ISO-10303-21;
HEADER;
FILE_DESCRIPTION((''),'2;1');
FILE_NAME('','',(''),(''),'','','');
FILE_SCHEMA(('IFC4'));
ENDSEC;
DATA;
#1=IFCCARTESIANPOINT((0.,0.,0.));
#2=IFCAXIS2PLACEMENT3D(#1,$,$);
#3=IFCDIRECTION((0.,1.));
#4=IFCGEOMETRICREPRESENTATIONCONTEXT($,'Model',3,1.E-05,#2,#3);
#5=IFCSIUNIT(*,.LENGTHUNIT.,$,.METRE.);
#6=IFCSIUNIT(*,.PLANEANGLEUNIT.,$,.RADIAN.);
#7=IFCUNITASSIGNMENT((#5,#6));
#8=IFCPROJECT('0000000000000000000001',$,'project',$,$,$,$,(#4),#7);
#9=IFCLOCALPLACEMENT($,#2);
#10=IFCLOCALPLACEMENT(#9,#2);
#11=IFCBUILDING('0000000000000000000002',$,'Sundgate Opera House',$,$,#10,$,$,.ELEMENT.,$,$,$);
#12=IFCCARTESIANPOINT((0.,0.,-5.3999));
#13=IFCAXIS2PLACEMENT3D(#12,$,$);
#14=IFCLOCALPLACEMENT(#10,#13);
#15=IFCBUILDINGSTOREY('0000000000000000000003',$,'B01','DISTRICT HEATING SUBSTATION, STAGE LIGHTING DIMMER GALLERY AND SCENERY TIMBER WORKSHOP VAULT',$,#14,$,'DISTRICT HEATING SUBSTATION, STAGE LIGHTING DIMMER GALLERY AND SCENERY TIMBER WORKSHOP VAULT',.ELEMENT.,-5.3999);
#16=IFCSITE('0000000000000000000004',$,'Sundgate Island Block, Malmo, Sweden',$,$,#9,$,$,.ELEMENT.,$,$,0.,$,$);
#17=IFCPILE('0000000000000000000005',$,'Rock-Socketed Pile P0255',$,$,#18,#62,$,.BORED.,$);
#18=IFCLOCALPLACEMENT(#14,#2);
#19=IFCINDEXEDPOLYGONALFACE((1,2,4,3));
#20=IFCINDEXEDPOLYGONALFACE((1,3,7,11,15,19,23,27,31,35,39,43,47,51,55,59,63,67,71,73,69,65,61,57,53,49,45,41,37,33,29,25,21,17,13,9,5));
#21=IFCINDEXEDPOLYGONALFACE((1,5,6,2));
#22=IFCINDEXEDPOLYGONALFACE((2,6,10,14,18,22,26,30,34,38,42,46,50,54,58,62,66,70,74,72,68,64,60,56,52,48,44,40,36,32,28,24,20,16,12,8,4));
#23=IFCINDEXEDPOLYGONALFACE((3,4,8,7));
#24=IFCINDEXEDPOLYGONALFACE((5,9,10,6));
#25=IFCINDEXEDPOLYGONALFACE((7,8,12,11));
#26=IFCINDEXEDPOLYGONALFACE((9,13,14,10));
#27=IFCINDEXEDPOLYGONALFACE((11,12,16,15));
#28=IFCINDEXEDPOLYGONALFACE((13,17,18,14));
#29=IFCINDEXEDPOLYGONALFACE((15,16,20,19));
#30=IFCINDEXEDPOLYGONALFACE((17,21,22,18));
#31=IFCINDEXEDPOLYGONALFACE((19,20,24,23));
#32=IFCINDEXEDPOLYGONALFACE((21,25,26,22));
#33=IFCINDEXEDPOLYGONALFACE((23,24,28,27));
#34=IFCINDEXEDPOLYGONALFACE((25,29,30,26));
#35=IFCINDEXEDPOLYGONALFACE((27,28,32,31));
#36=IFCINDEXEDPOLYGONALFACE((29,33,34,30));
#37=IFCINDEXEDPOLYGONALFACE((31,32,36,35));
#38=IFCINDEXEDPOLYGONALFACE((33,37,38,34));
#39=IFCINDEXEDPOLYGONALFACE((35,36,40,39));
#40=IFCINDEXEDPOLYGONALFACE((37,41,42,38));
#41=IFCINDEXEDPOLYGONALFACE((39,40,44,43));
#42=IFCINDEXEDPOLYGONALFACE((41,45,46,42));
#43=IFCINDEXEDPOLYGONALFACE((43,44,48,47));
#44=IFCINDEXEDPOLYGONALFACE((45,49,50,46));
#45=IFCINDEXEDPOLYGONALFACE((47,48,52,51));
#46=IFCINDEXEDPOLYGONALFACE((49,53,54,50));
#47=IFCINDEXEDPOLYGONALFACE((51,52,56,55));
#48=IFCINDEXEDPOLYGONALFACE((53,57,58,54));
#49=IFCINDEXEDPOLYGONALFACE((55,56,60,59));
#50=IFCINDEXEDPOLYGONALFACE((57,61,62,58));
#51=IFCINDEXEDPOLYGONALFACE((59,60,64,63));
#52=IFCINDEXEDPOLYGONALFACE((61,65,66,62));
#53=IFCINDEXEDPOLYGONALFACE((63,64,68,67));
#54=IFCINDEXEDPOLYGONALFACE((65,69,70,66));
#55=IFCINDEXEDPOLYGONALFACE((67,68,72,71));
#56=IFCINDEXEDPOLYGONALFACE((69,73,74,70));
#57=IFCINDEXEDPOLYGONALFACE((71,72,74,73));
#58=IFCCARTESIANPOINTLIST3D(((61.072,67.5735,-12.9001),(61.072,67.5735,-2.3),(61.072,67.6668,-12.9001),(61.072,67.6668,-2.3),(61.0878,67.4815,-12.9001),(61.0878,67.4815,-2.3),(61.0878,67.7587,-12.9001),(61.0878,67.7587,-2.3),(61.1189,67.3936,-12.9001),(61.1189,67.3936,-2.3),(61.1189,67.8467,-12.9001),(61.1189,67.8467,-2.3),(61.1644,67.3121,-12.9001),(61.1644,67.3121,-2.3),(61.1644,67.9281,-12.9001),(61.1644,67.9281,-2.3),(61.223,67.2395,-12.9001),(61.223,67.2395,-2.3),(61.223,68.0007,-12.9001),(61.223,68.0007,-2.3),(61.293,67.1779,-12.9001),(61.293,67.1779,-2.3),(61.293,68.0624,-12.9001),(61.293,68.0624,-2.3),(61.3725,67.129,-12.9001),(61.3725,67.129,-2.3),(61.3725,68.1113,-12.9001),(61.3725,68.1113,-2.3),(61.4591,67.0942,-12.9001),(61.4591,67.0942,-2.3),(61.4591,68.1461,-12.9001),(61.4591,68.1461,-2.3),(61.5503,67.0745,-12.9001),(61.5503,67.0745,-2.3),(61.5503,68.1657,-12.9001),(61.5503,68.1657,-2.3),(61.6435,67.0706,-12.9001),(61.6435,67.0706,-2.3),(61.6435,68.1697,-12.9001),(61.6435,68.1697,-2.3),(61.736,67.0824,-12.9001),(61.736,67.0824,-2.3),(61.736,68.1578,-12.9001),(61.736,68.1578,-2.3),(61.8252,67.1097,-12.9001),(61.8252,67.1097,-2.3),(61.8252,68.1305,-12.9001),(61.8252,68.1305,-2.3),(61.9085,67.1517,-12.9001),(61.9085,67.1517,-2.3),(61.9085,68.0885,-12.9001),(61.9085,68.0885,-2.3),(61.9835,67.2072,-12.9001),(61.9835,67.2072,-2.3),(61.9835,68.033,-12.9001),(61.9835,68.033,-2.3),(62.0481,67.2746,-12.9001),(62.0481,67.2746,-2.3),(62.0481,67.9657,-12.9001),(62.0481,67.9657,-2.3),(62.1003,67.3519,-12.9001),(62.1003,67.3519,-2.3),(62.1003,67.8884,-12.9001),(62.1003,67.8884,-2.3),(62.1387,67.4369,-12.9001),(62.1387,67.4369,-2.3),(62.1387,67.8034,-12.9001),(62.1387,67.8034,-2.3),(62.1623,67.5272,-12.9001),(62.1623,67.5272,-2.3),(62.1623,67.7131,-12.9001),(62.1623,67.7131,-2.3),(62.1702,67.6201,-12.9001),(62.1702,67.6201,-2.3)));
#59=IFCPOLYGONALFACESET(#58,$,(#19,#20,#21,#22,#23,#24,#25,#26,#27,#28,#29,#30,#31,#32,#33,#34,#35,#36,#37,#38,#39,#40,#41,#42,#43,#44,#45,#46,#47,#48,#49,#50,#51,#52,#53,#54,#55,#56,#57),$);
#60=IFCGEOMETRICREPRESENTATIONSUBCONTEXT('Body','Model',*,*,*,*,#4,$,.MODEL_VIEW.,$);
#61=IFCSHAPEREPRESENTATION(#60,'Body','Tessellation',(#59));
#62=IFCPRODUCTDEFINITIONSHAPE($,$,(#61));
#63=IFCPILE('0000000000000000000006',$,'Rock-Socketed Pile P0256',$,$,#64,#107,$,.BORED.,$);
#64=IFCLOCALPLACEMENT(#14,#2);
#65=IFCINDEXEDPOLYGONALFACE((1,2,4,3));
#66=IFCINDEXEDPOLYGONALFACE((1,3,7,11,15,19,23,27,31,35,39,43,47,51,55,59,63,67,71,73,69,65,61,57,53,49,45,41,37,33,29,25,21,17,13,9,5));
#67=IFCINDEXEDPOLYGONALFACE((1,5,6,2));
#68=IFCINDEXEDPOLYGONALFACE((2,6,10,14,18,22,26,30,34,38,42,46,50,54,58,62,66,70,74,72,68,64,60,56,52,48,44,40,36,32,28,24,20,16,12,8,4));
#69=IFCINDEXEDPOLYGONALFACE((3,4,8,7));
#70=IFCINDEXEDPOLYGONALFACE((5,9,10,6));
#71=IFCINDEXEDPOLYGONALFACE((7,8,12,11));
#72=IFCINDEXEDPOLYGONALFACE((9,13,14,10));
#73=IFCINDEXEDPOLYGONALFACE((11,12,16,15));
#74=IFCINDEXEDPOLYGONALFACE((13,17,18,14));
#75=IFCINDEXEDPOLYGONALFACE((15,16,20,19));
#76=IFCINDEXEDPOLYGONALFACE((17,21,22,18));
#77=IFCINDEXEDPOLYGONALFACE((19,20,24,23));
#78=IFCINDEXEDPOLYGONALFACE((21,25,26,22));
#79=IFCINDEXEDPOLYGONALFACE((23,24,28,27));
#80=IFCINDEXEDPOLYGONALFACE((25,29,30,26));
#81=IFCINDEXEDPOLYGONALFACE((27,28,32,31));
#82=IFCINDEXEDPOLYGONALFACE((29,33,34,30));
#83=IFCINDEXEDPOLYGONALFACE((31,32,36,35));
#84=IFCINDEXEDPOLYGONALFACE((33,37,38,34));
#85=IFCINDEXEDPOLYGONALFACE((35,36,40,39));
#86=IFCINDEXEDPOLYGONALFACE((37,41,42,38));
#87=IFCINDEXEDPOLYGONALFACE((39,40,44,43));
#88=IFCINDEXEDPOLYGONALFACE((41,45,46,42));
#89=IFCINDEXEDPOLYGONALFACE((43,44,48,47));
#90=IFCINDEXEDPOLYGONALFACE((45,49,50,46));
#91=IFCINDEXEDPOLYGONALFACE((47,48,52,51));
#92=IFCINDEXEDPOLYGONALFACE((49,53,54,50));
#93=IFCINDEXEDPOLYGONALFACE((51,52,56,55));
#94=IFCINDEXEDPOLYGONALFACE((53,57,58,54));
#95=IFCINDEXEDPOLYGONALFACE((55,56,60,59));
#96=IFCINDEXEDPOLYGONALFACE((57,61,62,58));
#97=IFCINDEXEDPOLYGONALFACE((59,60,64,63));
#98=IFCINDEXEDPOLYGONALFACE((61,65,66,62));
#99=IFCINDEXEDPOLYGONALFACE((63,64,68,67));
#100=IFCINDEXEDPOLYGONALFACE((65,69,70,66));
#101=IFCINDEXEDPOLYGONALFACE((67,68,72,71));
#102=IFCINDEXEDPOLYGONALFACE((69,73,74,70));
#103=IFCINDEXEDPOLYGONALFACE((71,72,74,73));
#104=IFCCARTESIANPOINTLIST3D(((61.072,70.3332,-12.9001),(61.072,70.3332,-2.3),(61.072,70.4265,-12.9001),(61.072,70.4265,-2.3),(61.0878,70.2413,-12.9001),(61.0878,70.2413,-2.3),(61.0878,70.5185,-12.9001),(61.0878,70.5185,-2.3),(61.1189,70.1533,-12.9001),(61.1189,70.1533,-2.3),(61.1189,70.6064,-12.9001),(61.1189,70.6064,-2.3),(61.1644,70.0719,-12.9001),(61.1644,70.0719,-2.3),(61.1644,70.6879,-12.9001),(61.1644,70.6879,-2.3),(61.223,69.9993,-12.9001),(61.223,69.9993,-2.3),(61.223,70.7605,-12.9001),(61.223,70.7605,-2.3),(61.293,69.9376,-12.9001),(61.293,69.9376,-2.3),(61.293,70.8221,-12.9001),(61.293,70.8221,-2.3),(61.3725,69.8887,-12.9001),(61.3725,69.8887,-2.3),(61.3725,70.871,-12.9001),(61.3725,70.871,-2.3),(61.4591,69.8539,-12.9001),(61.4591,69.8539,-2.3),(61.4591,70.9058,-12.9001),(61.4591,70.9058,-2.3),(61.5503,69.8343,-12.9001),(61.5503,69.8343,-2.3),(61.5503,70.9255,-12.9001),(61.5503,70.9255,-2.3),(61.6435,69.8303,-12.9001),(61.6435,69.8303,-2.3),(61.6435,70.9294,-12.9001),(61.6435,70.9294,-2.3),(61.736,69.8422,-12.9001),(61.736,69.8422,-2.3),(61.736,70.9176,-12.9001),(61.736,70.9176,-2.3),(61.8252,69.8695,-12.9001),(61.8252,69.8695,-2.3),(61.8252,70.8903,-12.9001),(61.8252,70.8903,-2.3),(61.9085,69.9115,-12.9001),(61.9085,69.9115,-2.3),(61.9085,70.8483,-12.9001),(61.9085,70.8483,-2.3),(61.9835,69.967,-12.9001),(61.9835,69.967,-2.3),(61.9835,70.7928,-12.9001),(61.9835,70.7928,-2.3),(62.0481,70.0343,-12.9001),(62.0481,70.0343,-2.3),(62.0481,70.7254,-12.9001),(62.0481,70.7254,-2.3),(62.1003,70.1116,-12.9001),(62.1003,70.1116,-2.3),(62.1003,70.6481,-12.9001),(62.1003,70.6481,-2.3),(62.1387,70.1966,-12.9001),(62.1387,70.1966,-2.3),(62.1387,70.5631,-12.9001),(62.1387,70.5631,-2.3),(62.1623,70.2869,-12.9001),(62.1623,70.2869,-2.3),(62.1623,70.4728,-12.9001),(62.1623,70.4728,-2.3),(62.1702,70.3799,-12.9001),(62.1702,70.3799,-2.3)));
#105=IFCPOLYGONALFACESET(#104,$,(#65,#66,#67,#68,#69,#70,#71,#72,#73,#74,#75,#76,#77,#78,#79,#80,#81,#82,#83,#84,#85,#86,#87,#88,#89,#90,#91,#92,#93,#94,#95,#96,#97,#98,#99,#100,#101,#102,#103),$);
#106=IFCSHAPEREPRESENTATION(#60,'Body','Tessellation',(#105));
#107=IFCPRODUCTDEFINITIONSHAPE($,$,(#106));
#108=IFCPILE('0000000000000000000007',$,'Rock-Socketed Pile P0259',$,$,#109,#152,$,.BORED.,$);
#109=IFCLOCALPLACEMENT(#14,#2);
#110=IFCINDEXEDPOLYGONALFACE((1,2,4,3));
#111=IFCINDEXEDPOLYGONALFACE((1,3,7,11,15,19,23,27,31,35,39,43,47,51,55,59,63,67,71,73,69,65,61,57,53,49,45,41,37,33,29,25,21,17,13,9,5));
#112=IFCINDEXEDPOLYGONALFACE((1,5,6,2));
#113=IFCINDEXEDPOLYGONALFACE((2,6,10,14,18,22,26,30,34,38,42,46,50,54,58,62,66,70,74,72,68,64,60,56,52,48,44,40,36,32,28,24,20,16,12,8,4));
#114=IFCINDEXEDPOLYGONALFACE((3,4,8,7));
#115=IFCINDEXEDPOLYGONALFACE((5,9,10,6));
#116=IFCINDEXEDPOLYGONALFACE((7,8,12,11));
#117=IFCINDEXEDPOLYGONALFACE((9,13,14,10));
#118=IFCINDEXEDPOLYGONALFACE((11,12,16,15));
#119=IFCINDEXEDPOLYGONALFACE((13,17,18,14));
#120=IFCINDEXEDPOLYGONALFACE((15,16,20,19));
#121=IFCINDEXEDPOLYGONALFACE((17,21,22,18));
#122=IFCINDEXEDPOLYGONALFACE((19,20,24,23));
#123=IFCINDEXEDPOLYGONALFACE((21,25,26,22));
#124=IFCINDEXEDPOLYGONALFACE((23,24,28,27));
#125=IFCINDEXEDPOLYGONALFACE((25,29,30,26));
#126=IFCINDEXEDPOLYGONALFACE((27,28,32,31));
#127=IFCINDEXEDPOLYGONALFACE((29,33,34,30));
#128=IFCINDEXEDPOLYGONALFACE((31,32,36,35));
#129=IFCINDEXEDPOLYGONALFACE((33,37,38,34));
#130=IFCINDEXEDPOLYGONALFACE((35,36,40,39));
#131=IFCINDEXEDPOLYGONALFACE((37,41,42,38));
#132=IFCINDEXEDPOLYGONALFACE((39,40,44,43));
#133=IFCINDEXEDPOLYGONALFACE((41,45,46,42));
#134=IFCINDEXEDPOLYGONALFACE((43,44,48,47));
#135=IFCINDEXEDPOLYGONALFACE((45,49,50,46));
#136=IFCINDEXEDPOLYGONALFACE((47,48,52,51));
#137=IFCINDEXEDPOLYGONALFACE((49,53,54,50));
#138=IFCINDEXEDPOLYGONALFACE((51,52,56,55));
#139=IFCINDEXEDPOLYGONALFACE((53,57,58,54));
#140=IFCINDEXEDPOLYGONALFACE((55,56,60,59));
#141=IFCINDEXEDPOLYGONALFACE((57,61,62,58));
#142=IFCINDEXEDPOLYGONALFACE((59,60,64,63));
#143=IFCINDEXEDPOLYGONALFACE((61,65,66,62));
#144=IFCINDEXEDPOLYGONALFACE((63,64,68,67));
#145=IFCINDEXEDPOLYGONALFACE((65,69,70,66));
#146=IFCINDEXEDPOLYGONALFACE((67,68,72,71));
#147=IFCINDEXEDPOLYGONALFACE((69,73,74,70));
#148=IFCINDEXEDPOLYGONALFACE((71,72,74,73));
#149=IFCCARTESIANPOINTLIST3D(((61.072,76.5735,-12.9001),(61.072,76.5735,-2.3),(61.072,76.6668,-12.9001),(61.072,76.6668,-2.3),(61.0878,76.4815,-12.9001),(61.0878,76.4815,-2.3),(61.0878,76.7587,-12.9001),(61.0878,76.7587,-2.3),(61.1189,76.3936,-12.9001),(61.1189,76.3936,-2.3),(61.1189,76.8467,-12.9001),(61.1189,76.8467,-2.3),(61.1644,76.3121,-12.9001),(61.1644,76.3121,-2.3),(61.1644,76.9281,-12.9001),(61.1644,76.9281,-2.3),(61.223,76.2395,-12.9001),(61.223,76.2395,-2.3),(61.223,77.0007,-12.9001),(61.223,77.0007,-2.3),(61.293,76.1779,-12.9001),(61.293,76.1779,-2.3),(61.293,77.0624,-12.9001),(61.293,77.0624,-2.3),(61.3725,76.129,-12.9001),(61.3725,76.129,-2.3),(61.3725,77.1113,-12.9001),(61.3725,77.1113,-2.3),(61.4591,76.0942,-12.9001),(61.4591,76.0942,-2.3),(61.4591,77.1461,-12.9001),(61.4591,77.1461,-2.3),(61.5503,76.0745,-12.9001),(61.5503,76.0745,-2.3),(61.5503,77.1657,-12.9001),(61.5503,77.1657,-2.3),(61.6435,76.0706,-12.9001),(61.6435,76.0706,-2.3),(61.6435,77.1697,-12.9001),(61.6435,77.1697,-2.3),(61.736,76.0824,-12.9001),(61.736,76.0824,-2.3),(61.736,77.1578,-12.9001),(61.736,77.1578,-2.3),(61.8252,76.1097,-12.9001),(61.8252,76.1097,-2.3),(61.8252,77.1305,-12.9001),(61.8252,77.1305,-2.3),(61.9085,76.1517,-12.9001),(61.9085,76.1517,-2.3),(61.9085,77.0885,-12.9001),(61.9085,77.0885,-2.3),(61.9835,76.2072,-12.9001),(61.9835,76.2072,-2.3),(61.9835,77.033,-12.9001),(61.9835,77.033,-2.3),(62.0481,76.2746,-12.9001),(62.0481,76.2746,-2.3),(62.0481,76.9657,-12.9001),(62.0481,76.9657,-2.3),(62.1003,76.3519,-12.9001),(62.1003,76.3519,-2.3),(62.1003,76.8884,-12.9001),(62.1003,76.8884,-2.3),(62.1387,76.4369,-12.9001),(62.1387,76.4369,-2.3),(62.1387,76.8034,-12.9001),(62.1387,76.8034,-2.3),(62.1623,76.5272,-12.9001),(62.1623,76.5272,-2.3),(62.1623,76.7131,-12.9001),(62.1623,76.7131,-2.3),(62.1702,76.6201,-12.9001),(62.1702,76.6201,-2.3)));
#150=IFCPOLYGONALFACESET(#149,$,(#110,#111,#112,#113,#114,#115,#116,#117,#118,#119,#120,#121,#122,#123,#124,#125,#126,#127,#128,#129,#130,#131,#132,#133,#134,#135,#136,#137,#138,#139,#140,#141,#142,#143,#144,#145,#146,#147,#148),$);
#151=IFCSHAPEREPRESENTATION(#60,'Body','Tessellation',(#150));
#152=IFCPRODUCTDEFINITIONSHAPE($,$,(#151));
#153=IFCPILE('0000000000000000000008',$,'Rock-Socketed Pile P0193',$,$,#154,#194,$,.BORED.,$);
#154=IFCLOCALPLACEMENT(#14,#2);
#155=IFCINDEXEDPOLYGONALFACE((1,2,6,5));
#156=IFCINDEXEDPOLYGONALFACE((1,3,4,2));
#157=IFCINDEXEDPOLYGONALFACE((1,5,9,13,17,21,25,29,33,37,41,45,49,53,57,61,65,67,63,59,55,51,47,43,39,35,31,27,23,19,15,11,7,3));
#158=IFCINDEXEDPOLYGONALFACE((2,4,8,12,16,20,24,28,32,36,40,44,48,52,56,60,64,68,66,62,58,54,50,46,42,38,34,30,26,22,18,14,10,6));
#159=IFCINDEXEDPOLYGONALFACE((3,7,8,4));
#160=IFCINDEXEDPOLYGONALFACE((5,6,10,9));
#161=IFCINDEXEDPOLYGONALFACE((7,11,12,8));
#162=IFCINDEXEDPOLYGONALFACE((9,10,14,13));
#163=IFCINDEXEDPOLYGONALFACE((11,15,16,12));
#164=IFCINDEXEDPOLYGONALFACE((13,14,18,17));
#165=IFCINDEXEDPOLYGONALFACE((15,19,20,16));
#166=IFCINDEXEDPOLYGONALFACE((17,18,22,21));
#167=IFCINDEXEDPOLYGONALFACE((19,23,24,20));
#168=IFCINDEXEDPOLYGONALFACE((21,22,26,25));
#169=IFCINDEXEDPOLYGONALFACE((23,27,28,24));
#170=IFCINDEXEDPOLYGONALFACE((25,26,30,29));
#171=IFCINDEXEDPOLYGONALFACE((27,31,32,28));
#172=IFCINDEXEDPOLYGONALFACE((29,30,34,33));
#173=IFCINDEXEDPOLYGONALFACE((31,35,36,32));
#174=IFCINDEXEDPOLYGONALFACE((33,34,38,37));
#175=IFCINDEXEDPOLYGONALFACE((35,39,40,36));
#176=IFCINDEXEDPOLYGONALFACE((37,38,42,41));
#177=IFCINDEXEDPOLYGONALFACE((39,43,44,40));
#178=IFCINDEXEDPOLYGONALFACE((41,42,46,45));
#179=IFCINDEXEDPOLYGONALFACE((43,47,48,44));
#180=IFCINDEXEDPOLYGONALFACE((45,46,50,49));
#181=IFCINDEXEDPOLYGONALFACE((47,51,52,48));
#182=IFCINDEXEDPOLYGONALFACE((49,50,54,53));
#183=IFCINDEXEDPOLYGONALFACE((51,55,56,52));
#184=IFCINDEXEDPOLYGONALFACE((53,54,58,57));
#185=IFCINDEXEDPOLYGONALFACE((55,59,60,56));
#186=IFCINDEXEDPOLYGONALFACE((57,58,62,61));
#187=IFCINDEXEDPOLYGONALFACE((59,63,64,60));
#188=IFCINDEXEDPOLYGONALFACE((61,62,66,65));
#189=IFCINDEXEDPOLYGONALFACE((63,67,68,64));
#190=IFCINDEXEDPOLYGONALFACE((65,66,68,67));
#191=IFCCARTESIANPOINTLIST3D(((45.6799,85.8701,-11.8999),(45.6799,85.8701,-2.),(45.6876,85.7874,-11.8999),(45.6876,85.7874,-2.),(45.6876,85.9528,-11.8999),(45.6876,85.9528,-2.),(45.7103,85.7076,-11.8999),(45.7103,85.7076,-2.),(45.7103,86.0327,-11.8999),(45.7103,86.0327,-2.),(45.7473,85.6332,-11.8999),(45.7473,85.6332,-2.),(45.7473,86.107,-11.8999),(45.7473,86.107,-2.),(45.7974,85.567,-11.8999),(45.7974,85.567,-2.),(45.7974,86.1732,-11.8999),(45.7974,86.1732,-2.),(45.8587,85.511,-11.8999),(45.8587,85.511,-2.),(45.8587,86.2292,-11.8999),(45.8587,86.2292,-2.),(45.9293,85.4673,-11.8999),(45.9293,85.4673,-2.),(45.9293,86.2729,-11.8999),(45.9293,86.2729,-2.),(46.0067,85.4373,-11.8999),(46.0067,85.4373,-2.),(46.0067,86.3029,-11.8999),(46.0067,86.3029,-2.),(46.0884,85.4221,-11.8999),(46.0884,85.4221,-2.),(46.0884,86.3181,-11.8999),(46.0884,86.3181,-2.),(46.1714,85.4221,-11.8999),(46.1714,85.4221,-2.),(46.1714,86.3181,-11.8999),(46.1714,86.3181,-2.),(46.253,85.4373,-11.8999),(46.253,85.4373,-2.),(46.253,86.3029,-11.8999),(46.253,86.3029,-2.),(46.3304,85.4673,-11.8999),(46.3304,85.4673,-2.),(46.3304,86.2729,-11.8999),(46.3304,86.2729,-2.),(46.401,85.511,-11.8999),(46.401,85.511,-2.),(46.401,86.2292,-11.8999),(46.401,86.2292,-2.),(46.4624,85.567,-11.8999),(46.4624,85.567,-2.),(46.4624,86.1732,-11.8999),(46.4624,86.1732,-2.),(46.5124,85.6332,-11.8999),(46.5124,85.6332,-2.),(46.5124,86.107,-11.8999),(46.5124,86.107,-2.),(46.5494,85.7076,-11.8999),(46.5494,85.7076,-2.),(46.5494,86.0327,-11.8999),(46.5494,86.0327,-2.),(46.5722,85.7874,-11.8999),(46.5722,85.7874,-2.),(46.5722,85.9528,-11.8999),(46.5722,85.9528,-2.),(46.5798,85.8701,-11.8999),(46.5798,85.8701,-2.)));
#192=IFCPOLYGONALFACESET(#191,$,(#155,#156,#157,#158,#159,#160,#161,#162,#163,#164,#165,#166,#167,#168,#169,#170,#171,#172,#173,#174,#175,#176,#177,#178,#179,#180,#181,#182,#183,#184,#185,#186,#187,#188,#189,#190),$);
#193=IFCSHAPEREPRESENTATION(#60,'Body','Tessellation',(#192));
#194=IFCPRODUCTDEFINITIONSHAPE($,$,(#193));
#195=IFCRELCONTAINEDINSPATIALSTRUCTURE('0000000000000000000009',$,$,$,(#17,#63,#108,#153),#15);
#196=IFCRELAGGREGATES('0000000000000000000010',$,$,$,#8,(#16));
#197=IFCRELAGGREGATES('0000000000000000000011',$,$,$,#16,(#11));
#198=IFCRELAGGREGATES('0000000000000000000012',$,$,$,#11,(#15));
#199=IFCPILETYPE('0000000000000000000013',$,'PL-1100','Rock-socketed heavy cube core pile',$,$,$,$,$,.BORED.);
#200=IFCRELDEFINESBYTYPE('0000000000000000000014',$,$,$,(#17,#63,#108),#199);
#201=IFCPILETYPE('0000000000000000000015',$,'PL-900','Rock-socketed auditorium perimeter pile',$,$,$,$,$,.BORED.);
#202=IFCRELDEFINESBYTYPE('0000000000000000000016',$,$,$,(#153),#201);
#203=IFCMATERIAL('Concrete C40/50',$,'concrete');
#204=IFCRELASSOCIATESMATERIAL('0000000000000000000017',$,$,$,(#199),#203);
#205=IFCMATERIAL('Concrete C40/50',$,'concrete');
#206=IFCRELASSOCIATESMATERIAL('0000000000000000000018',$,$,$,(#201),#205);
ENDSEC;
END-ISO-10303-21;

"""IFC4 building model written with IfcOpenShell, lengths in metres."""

from ifc_helpers import new_model, si_unit, direction, frame, origin, origin_2d, place, context, subcontext, project, spatial, circle, extrude, material, material_profile, profile_set, type_object, element, save


model = new_model("IFC4")

# Units and contexts
model_context = context("Model", 3, precision=1e-05, world=origin(), true_north=direction((0.0, 1.0)))
body_context = subcontext(model_context, "Body", "Model", "MODEL_VIEW")
ifc_project = project(units=[si_unit("LENGTHUNIT", "METRE"), si_unit("PLANEANGLEUNIT", "RADIAN")], contexts=[model_context])

# Site, building, storey
site_placement = place(None, origin())
site = spatial("IfcSite", under=ifc_project, at=site_placement, Name="Sundgate Island Block, Malmo, Sweden", CompositionType="ELEMENT", RefElevation=0.0)
building_placement = place(site_placement, origin())
building = spatial("IfcBuilding", under=site, at=building_placement, Name="Sundgate Opera House", CompositionType="ELEMENT")
storey_placement = place(building_placement, frame((0.0, 0.0, -5.3999)))
storey = spatial("IfcBuildingStorey", under=building, at=storey_placement, Name="B01", Description="DISTRICT HEATING SUBSTATION, STAGE LIGHTING DIMMER GALLERY AND SCENERY TIMBER WORKSHOP VAULT", LongName="DISTRICT HEATING SUBSTATION, STAGE LIGHTING DIMMER GALLERY AND SCENERY TIMBER WORKSHOP VAULT", CompositionType="ELEMENT", Elevation=-5.3999)

# Piles
ifc_material_1 = material(Name="Concrete C40/50", Category="concrete")
ifc_material_profile_1 = material_profile(ifc_material_1, circle(Radius=0.55, at=origin_2d()), Name="PILE D1100")
ifc_profile_set_1 = profile_set([ifc_material_profile_1], Name="Concrete C40/50")
pile_type_1 = type_object("IfcPileType", Name="PL-1100", Description="Rock-socketed heavy cube core pile", PredefinedType="BORED", material=ifc_profile_set_1)
for number, where, z_axis, x_axis, name in (
    (1, (61.6201, 67.6201, -2.3), (0.0, 0.0, -1.0), (1.0, 0.0, 0.0), "Rock-Socketed Pile P0255"),
    (2, (61.6201, 70.3799, -2.3), (0.0, 0.0, -1.0), (1.0, 0.0, 0.0), "Rock-Socketed Pile P0256"),
    (3, (61.6201, 76.6201, -2.3), (0.0, 0.0, -1.0), (1.0, 0.0, 0.0), "Rock-Socketed Pile P0259"),
):
    element("IfcPile", number, at=place(storey_placement, frame(where, z_axis=z_axis, x_axis=x_axis)), inside=storey, type_object=pile_type_1, Name=name, PredefinedType="BORED", context=body_context, shape_type="SweptSolid", body=[
        extrude(circle(Radius=0.55, at=origin_2d()), origin(), (0.0, 0.0, 1.0), 10.6001),
    ])
ifc_material_2 = material(Name="Concrete C40/50", Category="concrete")
ifc_material_profile_2 = material_profile(ifc_material_2, circle(Radius=0.45, at=origin_2d()), Name="PILE D900")
ifc_profile_set_2 = profile_set([ifc_material_profile_2], Name="Concrete C40/50")
pile_type_2 = type_object("IfcPileType", Name="PL-900", Description="Rock-socketed auditorium perimeter pile", PredefinedType="BORED", material=ifc_profile_set_2)
for number, where, z_axis, x_axis, name in (
    (4, (46.1299, 85.8701, -2.0), (0.0, 0.0, -1.0), (1.0, 0.0, 0.0), "Rock-Socketed Pile P0193"),
):
    element("IfcPile", number, at=place(storey_placement, frame(where, z_axis=z_axis, x_axis=x_axis)), inside=storey, type_object=pile_type_2, Name=name, PredefinedType="BORED", context=body_context, shape_type="SweptSolid", body=[
        extrude(circle(Radius=0.45, at=origin_2d()), origin(), (0.0, 0.0, 1.0), 9.8999),
    ])

save(model, "model.ifc")
